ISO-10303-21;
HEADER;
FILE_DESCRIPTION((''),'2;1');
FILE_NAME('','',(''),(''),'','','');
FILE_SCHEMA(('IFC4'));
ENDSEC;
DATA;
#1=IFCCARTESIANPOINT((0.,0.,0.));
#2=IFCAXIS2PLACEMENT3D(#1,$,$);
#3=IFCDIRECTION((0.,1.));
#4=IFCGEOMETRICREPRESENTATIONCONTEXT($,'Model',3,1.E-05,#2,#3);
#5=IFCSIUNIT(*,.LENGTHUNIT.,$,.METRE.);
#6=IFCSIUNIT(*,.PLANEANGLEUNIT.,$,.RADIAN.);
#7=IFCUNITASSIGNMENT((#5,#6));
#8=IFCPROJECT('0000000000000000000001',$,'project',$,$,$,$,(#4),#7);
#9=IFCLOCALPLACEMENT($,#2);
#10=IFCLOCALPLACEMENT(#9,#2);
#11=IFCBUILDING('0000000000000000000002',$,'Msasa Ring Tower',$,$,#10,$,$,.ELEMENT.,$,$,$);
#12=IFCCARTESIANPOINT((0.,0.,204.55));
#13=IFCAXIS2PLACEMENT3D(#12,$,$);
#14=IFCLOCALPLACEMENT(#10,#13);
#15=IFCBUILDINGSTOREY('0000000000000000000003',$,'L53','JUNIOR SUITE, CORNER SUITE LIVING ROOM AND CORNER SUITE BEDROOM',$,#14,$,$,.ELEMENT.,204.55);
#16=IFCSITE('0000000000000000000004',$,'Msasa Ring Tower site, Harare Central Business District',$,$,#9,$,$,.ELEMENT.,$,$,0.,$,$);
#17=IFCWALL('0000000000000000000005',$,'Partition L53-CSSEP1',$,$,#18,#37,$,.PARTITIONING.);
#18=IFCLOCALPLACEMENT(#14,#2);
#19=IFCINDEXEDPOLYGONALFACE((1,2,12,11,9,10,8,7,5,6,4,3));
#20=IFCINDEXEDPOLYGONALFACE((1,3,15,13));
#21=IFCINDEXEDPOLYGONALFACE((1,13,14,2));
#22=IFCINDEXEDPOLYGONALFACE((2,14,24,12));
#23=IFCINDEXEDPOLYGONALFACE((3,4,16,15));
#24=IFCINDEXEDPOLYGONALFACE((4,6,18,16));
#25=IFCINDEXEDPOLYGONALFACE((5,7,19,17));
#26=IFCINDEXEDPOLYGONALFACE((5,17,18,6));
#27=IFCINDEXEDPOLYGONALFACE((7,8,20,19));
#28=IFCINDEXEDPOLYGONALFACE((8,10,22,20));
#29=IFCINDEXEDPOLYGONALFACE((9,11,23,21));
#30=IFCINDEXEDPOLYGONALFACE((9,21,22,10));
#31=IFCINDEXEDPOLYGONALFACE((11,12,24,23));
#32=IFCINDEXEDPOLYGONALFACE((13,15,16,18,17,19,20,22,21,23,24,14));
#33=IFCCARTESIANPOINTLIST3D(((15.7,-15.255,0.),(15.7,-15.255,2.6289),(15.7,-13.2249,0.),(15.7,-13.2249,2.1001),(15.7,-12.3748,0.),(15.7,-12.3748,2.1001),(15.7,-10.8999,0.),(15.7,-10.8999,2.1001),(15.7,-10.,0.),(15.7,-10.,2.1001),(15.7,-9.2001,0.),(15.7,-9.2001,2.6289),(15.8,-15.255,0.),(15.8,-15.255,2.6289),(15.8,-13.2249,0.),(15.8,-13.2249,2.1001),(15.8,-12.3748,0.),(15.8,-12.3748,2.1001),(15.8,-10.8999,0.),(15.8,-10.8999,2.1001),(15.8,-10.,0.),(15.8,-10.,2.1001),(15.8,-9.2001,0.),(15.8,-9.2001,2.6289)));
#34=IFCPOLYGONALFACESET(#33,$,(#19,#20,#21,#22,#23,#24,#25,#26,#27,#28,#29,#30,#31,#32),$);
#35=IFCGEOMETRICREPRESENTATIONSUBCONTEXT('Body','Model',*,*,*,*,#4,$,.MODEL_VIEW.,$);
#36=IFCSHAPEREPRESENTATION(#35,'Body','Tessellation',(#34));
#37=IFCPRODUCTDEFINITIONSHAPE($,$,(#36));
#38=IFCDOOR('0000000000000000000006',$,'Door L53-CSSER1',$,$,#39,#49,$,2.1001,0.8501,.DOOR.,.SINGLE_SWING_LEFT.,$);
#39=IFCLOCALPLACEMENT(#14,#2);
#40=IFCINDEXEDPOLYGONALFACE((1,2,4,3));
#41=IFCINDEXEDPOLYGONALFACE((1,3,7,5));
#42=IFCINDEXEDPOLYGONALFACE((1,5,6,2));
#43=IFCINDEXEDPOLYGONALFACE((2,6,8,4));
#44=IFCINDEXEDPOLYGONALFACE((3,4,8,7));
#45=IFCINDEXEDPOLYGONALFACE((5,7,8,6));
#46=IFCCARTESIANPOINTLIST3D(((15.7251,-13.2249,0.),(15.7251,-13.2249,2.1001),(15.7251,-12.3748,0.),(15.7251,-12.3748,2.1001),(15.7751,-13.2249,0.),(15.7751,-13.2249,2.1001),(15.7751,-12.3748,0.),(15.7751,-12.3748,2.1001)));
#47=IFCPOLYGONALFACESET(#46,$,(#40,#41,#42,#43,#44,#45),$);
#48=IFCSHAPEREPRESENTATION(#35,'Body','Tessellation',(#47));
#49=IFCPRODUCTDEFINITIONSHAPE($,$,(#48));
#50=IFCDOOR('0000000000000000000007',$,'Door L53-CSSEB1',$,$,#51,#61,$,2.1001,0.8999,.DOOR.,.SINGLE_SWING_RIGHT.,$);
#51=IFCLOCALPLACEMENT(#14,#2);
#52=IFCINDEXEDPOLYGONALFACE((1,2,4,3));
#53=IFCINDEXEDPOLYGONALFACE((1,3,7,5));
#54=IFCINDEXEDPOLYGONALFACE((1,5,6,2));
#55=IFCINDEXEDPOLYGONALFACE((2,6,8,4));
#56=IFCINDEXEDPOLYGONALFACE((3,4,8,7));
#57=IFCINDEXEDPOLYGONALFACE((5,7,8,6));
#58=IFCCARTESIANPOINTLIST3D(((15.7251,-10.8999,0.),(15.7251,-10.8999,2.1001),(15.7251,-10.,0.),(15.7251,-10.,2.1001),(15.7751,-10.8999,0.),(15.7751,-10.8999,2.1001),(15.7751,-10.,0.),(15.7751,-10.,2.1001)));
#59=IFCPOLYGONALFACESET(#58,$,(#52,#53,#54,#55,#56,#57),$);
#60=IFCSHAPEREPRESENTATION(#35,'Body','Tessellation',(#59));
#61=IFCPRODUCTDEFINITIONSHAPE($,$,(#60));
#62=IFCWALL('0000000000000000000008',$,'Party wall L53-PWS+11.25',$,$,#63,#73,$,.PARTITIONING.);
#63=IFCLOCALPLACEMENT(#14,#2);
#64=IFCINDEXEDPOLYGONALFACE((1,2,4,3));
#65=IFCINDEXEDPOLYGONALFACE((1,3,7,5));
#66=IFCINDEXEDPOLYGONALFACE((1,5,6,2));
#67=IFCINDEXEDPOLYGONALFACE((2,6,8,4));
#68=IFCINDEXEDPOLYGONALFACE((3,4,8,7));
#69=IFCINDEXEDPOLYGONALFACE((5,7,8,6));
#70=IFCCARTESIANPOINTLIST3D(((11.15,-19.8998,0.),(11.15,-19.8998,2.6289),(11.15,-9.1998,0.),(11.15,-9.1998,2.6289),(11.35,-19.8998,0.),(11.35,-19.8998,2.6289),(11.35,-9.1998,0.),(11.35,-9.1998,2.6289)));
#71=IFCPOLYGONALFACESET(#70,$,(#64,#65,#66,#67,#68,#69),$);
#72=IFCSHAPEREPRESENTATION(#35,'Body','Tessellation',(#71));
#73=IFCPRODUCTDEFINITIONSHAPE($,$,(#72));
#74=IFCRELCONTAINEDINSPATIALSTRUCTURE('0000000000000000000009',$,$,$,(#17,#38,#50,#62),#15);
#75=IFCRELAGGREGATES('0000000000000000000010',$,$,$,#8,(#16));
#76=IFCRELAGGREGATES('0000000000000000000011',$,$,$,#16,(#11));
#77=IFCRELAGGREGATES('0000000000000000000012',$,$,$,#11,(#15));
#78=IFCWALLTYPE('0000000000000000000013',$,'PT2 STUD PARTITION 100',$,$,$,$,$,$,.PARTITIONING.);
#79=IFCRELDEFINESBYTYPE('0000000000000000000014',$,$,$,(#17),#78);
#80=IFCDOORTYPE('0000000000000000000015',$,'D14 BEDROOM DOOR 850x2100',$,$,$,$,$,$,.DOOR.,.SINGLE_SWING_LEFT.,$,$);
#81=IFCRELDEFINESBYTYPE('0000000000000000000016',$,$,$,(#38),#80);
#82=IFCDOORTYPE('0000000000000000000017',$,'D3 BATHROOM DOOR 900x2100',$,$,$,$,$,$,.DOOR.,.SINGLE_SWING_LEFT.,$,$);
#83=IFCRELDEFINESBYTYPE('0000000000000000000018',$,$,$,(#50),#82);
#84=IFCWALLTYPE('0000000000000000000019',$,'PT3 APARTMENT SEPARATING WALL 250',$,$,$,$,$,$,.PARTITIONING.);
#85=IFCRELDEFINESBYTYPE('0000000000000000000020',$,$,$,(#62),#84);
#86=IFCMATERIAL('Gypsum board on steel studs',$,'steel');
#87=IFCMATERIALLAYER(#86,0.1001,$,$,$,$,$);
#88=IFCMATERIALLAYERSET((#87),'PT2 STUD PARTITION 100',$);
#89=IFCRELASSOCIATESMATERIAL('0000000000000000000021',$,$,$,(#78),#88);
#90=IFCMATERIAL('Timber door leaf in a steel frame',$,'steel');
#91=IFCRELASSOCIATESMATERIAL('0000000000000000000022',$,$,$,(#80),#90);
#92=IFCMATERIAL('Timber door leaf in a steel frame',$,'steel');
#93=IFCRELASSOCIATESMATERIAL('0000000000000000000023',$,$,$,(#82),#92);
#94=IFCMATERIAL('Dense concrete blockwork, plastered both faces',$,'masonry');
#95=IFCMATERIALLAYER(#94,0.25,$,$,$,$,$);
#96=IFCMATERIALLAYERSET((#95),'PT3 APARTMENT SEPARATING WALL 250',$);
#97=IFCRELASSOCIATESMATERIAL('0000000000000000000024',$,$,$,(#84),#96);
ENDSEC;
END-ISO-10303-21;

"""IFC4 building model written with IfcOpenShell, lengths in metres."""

from ifc_helpers import new_model, si_unit, direction, frame, frame_2d, origin, place, context, subcontext, project, spatial, rectangle, extrude, material, layer, layer_set, type_object, element, fill, save


model = new_model("IFC4")

# Units and contexts
model_context = context("Model", 3, precision=1e-05, world=origin(), true_north=direction((0.0, 1.0)))
body_context = subcontext(model_context, "Body", "Model", "MODEL_VIEW")
ifc_project = project(units=[si_unit("LENGTHUNIT", "METRE"), si_unit("PLANEANGLEUNIT", "RADIAN")], contexts=[model_context])

# Site, building, storey
site_placement = place(None, origin())
site = spatial("IfcSite", under=ifc_project, at=site_placement, Name="Msasa Ring Tower site, Harare Central Business District", CompositionType="ELEMENT", RefElevation=0.0)
building_placement = place(site_placement, origin())
building = spatial("IfcBuilding", under=site, at=building_placement, Name="Msasa Ring Tower", CompositionType="ELEMENT")
storey_placement = place(building_placement, frame((0.0, 0.0, 204.55)))
storey = spatial("IfcBuildingStorey", under=building, at=storey_placement, Name="L53", Description="JUNIOR SUITE, CORNER SUITE LIVING ROOM AND CORNER SUITE BEDROOM", CompositionType="ELEMENT", Elevation=204.55)

# Wall, openings, doors
ifc_material_1 = material(Name="Gypsum board on steel studs", Category="steel")
ifc_layer_1 = layer(ifc_material_1, 0.1001)
ifc_layer_set_1 = layer_set([ifc_layer_1], Name="PT2 STUD PARTITION 100")
wall_type_1 = type_object("IfcWallType", Name="PT2 STUD PARTITION 100", PredefinedType="PARTITIONING", material=ifc_layer_set_1)
wall_1_placement = place(storey_placement, frame((15.75, -15.2549, 0.0), z_axis=(0.0, 0.0, 1.0), x_axis=(0.0, 1.0, 0.0)))
wall_1 = element("IfcWall", 1, at=wall_1_placement, inside=storey, type_object=wall_type_1, Name="Partition L53-CSSEP1", PredefinedType="PARTITIONING", context=body_context, shape_type="SweptSolid", body=[
    extrude(rectangle(XDim=6.0549, YDim=0.1001, at=frame_2d((3.0273, 0.0))), origin(), (0.0, 0.0, 1.0), 2.6289),
])
opening_1_placement = place(wall_1_placement, frame((2.03, 0.0, 0.0)))
opening_1 = element("IfcOpeningElement", 2, at=opening_1_placement, cuts=wall_1, PredefinedType="OPENING", context=body_context, shape_type="SweptSolid", body=[
    extrude(rectangle(XDim=0.8501, YDim=2.1001, at=frame_2d((0.425, 1.05))), frame((0.0, 0.0601, 0.0), z_axis=(0.0, -1.0, 0.0), x_axis=(1.0, 0.0, 0.0)), (0.0, 0.0, 1.0), 0.1201),
])
opening_2_placement = place(wall_1_placement, frame((4.355, 0.0, 0.0)))
opening_2 = element("IfcOpeningElement", 3, at=opening_2_placement, cuts=wall_1, PredefinedType="OPENING", context=body_context, shape_type="SweptSolid", body=[
    extrude(rectangle(XDim=0.8999, YDim=2.1001, at=frame_2d((0.45, 1.05))), frame((0.0, 0.0601, 0.0), z_axis=(0.0, -1.0, 0.0), x_axis=(1.0, 0.0, 0.0)), (0.0, 0.0, 1.0), 0.1201),
])
ifc_material_2 = material(Name="Timber door leaf in a steel frame", Category="steel")
door_type_1 = type_object("IfcDoorType", Name="D14 BEDROOM DOOR 850x2100", OperationType="SINGLE_SWING_LEFT", PredefinedType="DOOR", material=ifc_material_2)
door_1_placement = place(opening_1_placement, origin())
door_1 = element("IfcDoor", 4, at=door_1_placement, inside=storey, type_object=door_type_1, Name="Door L53-CSSER1", OperationType="SINGLE_SWING_LEFT", OverallHeight=2.1001, OverallWidth=0.8501, PredefinedType="DOOR", context=body_context, shape_type="SweptSolid", body=[
    extrude(rectangle(XDim=0.8501, YDim=2.1001, at=frame_2d((0.425, 1.05))), frame((0.0, 0.0249, 0.0), z_axis=(0.0, -1.0, 0.0), x_axis=(1.0, 0.0, 0.0)), (0.0, 0.0, 1.0), 0.05),
])
fill(opening_1, door_1)
ifc_material_3 = material(Name="Timber door leaf in a steel frame", Category="steel")
door_type_2 = type_object("IfcDoorType", Name="D3 BATHROOM DOOR 900x2100", OperationType="SINGLE_SWING_LEFT", PredefinedType="DOOR", material=ifc_material_3)
door_2_placement = place(opening_2_placement, origin())
door_2 = element("IfcDoor", 5, at=door_2_placement, inside=storey, type_object=door_type_2, Name="Door L53-CSSEB1", OperationType="SINGLE_SWING_RIGHT", OverallHeight=2.1001, OverallWidth=0.8999, PredefinedType="DOOR", context=body_context, shape_type="SweptSolid", body=[
    extrude(rectangle(XDim=0.8999, YDim=2.1001, at=frame_2d((0.45, 1.05))), frame((0.0, 0.0249, 0.0), z_axis=(0.0, -1.0, 0.0), x_axis=(1.0, 0.0, 0.0)), (0.0, 0.0, 1.0), 0.05),
])
fill(opening_2, door_2)

# Wall
ifc_material_4 = material(Name="Dense concrete blockwork, plastered both faces", Category="masonry")
ifc_layer_2 = layer(ifc_material_4, 0.25)
ifc_layer_set_2 = layer_set([ifc_layer_2], Name="PT3 APARTMENT SEPARATING WALL 250")
wall_type_2 = type_object("IfcWallType", Name="PT3 APARTMENT SEPARATING WALL 250", PredefinedType="PARTITIONING", material=ifc_layer_set_2)
wall_2_placement = place(storey_placement, frame((11.25, -19.8999, 0.0), z_axis=(0.0, 0.0, 1.0), x_axis=(0.0, 1.0, 0.0)))
element("IfcWall", 6, at=wall_2_placement, inside=storey, type_object=wall_type_2, Name="Party wall L53-PWS+11.25", PredefinedType="PARTITIONING", context=body_context, shape_type="SweptSolid", body=[
    extrude(rectangle(XDim=10.7, YDim=0.2, at=frame_2d((5.3501, 0.0))), origin(), (0.0, 0.0, 1.0), 2.6289),
])

save(model, "model.ifc")
